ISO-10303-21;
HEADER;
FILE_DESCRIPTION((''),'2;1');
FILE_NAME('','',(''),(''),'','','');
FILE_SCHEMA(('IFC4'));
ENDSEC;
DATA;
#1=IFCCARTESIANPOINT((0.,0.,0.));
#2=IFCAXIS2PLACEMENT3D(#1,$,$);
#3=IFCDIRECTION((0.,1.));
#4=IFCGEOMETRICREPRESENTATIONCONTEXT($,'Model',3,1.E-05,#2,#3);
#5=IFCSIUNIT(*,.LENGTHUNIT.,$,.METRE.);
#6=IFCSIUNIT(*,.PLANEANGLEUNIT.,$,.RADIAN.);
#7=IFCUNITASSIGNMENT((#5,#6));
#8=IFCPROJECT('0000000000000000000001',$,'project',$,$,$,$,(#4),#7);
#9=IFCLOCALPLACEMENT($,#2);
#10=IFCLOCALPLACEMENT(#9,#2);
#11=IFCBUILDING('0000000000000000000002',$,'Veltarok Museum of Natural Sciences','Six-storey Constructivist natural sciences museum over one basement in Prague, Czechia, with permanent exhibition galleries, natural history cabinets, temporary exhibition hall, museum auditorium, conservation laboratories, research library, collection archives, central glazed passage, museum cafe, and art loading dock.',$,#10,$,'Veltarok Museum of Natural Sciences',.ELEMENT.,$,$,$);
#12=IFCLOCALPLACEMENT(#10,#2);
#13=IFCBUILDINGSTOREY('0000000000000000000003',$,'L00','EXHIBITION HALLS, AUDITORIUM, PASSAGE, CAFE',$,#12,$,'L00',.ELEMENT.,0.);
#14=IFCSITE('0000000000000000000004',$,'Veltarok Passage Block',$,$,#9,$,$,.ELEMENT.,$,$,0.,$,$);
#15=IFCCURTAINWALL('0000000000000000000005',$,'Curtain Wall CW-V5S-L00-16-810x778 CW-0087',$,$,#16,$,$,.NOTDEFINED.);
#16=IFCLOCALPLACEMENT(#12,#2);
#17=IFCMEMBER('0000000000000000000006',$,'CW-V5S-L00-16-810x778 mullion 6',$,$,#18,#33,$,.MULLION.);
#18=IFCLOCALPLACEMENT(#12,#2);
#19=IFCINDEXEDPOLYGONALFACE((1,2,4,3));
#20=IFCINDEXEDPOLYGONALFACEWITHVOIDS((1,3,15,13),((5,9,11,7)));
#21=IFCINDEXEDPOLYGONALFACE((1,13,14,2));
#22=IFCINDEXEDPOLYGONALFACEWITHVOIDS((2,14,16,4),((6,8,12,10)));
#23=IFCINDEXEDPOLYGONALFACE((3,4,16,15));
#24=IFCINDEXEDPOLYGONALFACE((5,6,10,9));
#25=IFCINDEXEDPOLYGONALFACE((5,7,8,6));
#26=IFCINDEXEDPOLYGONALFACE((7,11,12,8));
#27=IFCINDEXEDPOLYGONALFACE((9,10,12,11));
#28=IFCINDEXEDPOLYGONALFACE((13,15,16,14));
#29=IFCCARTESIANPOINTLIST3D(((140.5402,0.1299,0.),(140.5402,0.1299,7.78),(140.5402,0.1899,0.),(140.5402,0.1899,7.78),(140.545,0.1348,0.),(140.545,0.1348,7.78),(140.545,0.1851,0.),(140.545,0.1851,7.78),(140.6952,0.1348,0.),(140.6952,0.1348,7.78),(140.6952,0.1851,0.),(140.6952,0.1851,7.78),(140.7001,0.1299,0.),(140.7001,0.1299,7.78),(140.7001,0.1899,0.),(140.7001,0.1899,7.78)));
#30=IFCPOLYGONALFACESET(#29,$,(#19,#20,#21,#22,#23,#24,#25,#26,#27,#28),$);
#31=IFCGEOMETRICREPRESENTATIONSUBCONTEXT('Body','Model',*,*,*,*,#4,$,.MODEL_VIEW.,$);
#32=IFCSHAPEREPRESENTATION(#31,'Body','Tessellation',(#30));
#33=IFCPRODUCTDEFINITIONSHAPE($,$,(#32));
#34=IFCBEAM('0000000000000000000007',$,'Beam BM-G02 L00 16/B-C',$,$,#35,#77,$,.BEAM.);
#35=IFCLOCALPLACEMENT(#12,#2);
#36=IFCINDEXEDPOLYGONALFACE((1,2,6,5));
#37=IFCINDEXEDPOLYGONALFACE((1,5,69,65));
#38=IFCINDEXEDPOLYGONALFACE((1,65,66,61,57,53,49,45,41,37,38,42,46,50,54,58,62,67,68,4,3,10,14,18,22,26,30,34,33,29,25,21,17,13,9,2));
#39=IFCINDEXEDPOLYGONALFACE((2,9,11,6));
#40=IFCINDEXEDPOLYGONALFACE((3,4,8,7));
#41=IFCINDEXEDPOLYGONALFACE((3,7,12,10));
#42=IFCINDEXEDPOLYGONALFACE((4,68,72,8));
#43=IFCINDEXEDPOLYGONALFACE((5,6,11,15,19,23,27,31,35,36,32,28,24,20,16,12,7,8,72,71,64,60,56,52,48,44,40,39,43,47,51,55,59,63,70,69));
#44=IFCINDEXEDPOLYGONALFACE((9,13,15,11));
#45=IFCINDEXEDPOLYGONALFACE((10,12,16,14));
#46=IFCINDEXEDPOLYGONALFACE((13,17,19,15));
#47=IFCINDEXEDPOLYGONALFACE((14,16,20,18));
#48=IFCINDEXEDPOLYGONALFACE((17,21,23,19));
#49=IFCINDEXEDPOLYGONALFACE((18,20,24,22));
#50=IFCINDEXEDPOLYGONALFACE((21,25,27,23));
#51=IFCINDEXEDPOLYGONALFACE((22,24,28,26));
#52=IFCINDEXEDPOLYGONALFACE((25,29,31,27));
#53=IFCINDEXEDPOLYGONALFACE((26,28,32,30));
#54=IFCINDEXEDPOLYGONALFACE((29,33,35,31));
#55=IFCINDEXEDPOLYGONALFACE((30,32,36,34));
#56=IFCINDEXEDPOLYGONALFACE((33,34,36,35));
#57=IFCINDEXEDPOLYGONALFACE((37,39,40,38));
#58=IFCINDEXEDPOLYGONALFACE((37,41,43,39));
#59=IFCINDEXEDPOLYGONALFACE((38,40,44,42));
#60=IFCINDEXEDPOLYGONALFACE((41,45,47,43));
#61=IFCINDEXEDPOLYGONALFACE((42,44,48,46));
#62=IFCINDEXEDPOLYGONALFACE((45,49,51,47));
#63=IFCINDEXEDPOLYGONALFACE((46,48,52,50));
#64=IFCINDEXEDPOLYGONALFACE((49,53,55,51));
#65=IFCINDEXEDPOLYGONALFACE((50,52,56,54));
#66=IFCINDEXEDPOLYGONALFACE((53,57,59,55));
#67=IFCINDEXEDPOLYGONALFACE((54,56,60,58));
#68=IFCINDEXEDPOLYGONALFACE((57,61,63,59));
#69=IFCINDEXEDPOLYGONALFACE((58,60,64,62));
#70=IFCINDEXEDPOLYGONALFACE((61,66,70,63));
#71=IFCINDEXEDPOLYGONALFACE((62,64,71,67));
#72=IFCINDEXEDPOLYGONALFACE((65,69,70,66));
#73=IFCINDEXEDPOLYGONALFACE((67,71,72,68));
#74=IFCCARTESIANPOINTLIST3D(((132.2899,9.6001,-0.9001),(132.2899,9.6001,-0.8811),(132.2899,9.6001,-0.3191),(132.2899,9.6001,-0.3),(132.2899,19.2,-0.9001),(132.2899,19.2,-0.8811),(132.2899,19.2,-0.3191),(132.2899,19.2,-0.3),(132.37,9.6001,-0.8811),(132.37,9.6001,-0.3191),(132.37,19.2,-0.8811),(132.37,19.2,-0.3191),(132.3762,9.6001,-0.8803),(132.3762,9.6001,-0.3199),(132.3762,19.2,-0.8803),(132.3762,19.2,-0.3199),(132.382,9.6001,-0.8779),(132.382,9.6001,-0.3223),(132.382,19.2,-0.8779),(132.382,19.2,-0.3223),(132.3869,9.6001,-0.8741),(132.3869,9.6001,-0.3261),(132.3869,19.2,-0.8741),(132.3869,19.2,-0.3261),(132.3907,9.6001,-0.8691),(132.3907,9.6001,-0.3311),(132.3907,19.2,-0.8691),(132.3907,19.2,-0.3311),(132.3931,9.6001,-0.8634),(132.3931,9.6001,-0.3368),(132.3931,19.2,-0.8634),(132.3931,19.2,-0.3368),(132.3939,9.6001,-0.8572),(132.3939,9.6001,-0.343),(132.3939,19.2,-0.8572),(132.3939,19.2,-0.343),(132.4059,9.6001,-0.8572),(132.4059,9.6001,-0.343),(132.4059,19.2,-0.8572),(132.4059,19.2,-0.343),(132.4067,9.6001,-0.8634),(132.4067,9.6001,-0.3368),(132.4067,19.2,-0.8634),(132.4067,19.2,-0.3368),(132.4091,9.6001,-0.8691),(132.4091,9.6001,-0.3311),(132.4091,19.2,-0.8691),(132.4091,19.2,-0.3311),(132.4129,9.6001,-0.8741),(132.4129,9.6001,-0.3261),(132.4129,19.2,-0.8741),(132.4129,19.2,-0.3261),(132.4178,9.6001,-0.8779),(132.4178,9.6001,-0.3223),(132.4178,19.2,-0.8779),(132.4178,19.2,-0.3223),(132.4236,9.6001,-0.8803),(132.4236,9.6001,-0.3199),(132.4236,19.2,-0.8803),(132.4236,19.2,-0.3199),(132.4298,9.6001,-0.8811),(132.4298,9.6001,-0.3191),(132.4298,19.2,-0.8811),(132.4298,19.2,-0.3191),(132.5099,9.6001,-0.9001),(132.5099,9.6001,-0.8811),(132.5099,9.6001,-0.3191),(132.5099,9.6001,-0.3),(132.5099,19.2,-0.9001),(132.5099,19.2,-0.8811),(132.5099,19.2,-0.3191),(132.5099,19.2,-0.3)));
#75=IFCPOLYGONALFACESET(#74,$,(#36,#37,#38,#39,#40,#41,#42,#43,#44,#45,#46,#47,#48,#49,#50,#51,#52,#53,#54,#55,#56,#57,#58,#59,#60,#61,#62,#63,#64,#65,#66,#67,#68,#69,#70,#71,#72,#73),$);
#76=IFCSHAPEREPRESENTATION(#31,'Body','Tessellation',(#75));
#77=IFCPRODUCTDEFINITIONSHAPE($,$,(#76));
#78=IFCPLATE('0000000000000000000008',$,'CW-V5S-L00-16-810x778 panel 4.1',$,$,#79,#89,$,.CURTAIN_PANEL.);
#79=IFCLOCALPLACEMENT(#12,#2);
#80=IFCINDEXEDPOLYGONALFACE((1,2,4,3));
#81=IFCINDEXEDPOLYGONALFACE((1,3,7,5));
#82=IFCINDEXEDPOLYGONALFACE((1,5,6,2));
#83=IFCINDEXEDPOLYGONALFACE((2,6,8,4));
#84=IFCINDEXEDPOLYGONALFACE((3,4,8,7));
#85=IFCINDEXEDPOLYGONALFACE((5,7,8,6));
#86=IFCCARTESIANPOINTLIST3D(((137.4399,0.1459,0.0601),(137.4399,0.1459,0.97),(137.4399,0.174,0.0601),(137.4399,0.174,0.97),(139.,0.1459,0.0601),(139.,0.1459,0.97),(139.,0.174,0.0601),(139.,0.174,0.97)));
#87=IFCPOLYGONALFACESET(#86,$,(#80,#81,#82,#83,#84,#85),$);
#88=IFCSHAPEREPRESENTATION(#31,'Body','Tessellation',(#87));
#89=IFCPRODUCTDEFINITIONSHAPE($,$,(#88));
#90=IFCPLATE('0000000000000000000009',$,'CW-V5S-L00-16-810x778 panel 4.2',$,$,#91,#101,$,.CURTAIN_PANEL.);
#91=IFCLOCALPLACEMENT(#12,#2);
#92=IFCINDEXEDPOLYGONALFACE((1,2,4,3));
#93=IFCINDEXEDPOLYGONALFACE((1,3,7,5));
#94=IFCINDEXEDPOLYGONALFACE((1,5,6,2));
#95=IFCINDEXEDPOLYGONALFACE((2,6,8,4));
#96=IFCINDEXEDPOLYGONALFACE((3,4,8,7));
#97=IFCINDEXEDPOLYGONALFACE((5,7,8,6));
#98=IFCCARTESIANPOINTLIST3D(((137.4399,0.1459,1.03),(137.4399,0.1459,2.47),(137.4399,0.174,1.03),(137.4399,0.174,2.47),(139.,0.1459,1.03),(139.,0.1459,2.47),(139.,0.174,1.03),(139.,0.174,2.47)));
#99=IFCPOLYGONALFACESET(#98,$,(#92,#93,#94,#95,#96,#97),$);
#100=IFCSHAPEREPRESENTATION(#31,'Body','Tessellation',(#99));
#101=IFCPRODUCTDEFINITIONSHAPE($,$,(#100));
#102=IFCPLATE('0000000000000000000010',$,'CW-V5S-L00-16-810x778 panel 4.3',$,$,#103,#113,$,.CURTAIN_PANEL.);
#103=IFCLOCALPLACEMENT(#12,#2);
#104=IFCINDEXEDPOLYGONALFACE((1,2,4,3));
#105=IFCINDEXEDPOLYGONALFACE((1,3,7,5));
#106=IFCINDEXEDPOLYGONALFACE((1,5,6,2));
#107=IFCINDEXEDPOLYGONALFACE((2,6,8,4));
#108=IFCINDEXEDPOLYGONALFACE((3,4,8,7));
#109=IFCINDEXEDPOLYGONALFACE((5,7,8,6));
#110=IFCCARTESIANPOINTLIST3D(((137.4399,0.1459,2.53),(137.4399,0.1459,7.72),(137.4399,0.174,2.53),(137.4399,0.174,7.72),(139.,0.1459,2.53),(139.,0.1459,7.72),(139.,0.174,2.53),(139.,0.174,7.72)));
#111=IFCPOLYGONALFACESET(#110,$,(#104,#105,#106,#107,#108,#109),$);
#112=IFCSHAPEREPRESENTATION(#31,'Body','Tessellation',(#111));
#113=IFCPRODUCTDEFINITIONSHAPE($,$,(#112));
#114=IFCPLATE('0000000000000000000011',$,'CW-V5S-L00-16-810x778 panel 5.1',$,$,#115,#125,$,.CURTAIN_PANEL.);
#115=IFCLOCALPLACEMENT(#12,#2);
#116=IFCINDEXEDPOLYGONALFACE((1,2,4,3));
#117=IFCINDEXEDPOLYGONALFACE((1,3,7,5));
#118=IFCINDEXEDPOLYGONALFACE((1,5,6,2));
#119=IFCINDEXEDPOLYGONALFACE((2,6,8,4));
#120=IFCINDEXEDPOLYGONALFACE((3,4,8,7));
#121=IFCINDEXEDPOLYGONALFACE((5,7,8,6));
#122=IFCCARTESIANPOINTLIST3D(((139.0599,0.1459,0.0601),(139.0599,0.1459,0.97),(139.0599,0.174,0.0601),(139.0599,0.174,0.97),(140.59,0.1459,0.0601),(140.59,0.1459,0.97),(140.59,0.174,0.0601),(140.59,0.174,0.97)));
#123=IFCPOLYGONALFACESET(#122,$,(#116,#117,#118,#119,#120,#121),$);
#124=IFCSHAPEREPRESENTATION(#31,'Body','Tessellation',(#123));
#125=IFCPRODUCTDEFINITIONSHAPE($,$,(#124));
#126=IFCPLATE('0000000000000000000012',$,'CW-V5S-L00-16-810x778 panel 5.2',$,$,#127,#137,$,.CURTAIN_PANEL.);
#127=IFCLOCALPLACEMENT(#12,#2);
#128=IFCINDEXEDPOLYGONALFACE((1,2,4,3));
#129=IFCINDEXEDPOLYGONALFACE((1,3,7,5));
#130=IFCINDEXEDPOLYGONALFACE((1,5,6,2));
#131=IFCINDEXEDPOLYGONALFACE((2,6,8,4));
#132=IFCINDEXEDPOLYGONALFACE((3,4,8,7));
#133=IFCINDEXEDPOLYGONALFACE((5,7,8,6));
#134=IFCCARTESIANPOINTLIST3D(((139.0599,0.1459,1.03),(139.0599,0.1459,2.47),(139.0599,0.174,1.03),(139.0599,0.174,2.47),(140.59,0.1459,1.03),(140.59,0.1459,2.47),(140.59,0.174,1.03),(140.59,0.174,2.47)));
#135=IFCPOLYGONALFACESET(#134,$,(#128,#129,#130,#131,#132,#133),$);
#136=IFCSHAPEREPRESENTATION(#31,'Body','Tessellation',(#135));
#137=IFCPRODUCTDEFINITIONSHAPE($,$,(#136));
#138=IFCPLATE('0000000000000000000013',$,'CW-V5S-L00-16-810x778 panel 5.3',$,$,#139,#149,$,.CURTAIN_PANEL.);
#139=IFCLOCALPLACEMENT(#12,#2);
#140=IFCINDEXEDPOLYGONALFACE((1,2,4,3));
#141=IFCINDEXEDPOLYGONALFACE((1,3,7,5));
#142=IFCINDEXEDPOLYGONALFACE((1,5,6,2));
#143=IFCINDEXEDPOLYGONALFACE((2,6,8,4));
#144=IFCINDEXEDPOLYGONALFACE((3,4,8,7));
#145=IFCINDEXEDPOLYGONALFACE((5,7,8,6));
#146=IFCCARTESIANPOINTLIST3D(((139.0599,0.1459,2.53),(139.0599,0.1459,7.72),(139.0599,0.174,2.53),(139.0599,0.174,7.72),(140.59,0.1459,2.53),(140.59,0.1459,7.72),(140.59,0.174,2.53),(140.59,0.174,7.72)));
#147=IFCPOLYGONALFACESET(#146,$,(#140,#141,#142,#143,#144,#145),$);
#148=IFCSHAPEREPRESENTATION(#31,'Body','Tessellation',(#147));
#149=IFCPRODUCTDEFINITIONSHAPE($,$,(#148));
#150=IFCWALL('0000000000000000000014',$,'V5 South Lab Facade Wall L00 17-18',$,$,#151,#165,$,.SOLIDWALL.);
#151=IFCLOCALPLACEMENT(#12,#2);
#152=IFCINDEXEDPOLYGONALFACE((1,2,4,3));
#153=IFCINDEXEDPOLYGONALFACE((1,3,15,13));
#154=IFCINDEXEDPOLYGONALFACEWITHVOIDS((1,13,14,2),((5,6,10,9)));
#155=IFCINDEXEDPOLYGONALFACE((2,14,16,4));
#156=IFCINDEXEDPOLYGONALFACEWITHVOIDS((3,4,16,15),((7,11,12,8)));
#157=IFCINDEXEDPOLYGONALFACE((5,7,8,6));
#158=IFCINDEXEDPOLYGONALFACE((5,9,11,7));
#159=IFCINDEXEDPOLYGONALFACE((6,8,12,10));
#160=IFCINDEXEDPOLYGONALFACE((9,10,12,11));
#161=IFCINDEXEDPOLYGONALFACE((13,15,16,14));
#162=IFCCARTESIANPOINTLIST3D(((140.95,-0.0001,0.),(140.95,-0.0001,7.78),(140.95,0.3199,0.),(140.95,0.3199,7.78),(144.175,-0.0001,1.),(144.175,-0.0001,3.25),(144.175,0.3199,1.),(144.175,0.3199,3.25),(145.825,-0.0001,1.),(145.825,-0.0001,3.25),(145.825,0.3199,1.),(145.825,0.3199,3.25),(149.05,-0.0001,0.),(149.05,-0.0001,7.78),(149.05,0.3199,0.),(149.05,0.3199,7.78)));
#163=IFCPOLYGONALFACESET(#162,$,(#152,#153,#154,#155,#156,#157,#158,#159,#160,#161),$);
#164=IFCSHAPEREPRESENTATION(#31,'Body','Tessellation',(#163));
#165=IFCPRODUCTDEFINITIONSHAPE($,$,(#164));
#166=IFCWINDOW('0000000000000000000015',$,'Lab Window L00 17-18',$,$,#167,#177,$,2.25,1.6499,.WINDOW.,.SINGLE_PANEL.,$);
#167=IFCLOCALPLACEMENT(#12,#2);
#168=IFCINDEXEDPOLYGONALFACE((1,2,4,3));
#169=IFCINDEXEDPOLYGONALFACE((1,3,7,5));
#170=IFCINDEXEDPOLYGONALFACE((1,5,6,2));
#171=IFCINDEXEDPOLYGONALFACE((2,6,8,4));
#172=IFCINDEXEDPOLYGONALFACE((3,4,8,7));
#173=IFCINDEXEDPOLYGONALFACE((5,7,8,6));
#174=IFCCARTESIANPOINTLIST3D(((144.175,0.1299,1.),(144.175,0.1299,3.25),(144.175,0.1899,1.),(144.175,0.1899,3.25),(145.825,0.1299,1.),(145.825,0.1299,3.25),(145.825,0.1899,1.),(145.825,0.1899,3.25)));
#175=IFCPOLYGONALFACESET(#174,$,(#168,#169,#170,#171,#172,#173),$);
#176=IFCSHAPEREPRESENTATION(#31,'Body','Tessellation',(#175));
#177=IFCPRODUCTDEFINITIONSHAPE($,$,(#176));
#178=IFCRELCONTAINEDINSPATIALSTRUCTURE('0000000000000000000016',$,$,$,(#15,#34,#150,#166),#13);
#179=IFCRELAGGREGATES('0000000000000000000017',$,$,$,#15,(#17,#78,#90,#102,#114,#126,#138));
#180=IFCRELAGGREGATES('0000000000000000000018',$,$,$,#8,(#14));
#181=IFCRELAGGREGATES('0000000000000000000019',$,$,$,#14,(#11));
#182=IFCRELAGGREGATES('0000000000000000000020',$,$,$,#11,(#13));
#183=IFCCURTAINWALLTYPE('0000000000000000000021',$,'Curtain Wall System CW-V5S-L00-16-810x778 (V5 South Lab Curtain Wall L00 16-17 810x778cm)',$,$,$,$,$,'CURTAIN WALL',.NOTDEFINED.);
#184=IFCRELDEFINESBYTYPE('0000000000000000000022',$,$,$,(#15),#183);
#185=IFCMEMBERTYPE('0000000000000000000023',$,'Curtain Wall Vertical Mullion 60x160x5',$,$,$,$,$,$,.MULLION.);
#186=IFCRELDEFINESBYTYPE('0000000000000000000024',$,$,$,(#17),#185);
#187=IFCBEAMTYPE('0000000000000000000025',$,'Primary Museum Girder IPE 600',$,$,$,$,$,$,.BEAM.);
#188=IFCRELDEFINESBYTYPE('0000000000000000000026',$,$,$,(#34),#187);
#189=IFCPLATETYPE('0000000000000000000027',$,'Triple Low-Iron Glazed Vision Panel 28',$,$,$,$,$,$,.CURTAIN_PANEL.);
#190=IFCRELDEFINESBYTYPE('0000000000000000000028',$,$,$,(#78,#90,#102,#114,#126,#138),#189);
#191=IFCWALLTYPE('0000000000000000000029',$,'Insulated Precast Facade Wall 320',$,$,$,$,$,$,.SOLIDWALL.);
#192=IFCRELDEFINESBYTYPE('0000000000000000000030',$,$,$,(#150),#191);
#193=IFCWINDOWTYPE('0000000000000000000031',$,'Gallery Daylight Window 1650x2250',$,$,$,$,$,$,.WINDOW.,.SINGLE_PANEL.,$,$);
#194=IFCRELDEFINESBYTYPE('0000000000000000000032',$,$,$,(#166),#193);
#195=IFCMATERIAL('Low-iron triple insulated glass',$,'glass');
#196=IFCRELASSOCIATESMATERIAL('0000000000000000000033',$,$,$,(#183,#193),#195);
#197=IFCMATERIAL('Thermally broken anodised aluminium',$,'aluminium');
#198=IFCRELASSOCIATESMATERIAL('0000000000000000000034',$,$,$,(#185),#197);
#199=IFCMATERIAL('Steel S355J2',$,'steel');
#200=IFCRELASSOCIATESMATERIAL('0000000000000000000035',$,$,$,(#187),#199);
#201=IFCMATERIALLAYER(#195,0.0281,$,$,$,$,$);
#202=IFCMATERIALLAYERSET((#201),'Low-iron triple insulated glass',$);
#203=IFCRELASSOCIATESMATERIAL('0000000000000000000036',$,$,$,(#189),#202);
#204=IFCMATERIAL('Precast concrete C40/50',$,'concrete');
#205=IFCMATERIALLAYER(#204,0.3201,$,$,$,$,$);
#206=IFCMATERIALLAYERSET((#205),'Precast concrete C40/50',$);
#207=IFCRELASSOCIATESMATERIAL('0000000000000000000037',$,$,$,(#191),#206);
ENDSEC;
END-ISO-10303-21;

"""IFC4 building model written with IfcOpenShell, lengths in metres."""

from ifc_helpers import new_model, si_unit, direction, frame, frame_2d, origin, origin_2d, place, context, subcontext, project, spatial, rectangle, hollow_rectangle, i_section, extrude, material, layer, layer_set, material_profile, profile_set, type_object, element, fill, aggregate, save


model = new_model("IFC4")

# Units and contexts
model_context = context("Model", 3, precision=1e-05, world=origin(), true_north=direction((0.0, 1.0)))
body_context = subcontext(model_context, "Body", "Model", "MODEL_VIEW")
ifc_project = project(units=[si_unit("LENGTHUNIT", "METRE"), si_unit("PLANEANGLEUNIT", "RADIAN")], contexts=[model_context])

# Site, building, storey
site_placement = place(None, origin())
site = spatial("IfcSite", under=ifc_project, at=site_placement, Name="Veltarok Passage Block", CompositionType="ELEMENT", RefElevation=0.0)
building_placement = place(site_placement, origin())
building = spatial("IfcBuilding", under=site, at=building_placement, Name="Veltarok Museum of Natural Sciences", Description="Six-storey Constructivist natural sciences museum over one basement in Prague, Czechia, with permanent exhibition galleries, natural history cabinets, temporary exhibition hall, museum auditorium, conservation laboratories, research library, collection archives, central glazed passage, museum cafe, and art loading dock.", LongName="Veltarok Museum of Natural Sciences", CompositionType="ELEMENT")
storey_placement = place(building_placement, origin())
storey = spatial("IfcBuildingStorey", under=building, at=storey_placement, Name="L00", Description="EXHIBITION HALLS, AUDITORIUM, PASSAGE, CAFE", LongName="L00", CompositionType="ELEMENT", Elevation=0.0)

# Shared definitions
ifc_material_1 = material(Name="Steel S355J2", Category="steel")

# Curtain wall, member
ifc_material_2 = material(Name="Low-iron triple insulated glass", Category="glass")
curtain_wall_type = type_object("IfcCurtainWallType", Name="Curtain Wall System CW-V5S-L00-16-810x778 (V5 South Lab Curtain Wall L00 16-17 810x778cm)", ElementType="CURTAIN WALL", PredefinedType="NOTDEFINED", material=ifc_material_2)
curtain_wall_placement = place(storey_placement, origin())
curtain_wall = element("IfcCurtainWall", 1, at=curtain_wall_placement, inside=storey, type_object=curtain_wall_type, Name="Curtain Wall CW-V5S-L00-16-810x778 CW-0087", PredefinedType="NOTDEFINED")
ifc_material_3 = material(Name="Thermally broken anodised aluminium", Category="aluminium")
ifc_material_profile_1 = material_profile(ifc_material_3, hollow_rectangle(XDim=0.0601, YDim=0.1599, WallThickness=0.0049, at=origin_2d()), Name="CW MULLION 60x160x5")
ifc_profile_set_1 = profile_set([ifc_material_profile_1], Name="Thermally broken anodised aluminium")
member_type_1 = type_object("IfcMemberType", Name="Curtain Wall Vertical Mullion 60x160x5", PredefinedType="MULLION", material=ifc_profile_set_1)
member_1_placement = place(storey_placement, frame((140.6201, 0.1599, 0.0), z_axis=(0.0, 0.0, 1.0), x_axis=(0.0, 1.0, 0.0)))
member_1 = element("IfcMember", 2, at=member_1_placement, type_object=member_type_1, Name="CW-V5S-L00-16-810x778 mullion 6", PredefinedType="MULLION", context=body_context, shape_type="SweptSolid", body=[
    extrude(hollow_rectangle(XDim=0.0601, YDim=0.1599, WallThickness=0.0049, at=origin_2d()), origin(), (0.0, 0.0, 1.0), 7.78),
])

# Beam
ifc_material_profile_2 = material_profile(ifc_material_1, i_section(OverallWidth=0.22, OverallDepth=0.6001, WebThickness=0.012, FlangeThickness=0.019, FilletRadius=0.0239, at=origin_2d()), Name="IPE 600")
ifc_profile_set_2 = profile_set([ifc_material_profile_2], Name="Steel S355J2")
beam_type_1 = type_object("IfcBeamType", Name="Primary Museum Girder IPE 600", PredefinedType="BEAM", material=ifc_profile_set_2)
beam_1_placement = place(storey_placement, frame((132.3999, 9.6001, -0.6001), z_axis=(0.0, 1.0, 0.0), x_axis=(-1.0, 0.0, 0.0)))
element("IfcBeam", 3, at=beam_1_placement, inside=storey, type_object=beam_type_1, Name="Beam BM-G02 L00 16/B-C", PredefinedType="BEAM", context=body_context, shape_type="SweptSolid", body=[
    extrude(i_section(OverallWidth=0.22, OverallDepth=0.6001, WebThickness=0.012, FlangeThickness=0.019, FilletRadius=0.0239, at=origin_2d()), origin(), (0.0, 0.0, 1.0), 9.5999),
])

# Plates
ifc_layer_1 = layer(ifc_material_2, 0.0281)
ifc_layer_set_1 = layer_set([ifc_layer_1], Name="Low-iron triple insulated glass")
plate_type = type_object("IfcPlateType", Name="Triple Low-Iron Glazed Vision Panel 28", PredefinedType="CURTAIN_PANEL", material=ifc_layer_set_1)
plate_1_placement = place(storey_placement, frame((138.22, 0.1599, 0.0601), z_axis=(0.0, 0.0, 1.0), x_axis=(1.0, 0.0, 0.0)))
plate_1 = element("IfcPlate", 4, at=plate_1_placement, type_object=plate_type, Name="CW-V5S-L00-16-810x778 panel 4.1", PredefinedType="CURTAIN_PANEL", context=body_context, shape_type="SweptSolid", body=[
    extrude(rectangle(XDim=1.5601, YDim=0.0281, at=origin_2d()), origin(), (0.0, 0.0, 1.0), 0.9099),
])
plate_2_placement = place(storey_placement, frame((138.22, 0.1599, 1.03), z_axis=(0.0, 0.0, 1.0), x_axis=(1.0, 0.0, 0.0)))
plate_2 = element("IfcPlate", 5, at=plate_2_placement, type_object=plate_type, Name="CW-V5S-L00-16-810x778 panel 4.2", PredefinedType="CURTAIN_PANEL", context=body_context, shape_type="SweptSolid", body=[
    extrude(rectangle(XDim=1.5601, YDim=0.0281, at=origin_2d()), origin(), (0.0, 0.0, 1.0), 1.4399),
])
plate_3_placement = place(storey_placement, frame((138.22, 0.1599, 2.53), z_axis=(0.0, 0.0, 1.0), x_axis=(1.0, 0.0, 0.0)))
plate_3 = element("IfcPlate", 6, at=plate_3_placement, type_object=plate_type, Name="CW-V5S-L00-16-810x778 panel 4.3", PredefinedType="CURTAIN_PANEL", context=body_context, shape_type="SweptSolid", body=[
    extrude(rectangle(XDim=1.5601, YDim=0.0281, at=origin_2d()), origin(), (0.0, 0.0, 1.0), 5.1899),
])
plate_4_placement = place(storey_placement, frame((139.825, 0.1599, 0.0601), z_axis=(0.0, 0.0, 1.0), x_axis=(1.0, 0.0, 0.0)))
plate_4 = element("IfcPlate", 7, at=plate_4_placement, type_object=plate_type, Name="CW-V5S-L00-16-810x778 panel 5.1", PredefinedType="CURTAIN_PANEL", context=body_context, shape_type="SweptSolid", body=[
    extrude(rectangle(XDim=1.53, YDim=0.0281, at=origin_2d()), origin(), (0.0, 0.0, 1.0), 0.9099),
])
plate_5_placement = place(storey_placement, frame((139.825, 0.1599, 1.03), z_axis=(0.0, 0.0, 1.0), x_axis=(1.0, 0.0, 0.0)))
plate_5 = element("IfcPlate", 8, at=plate_5_placement, type_object=plate_type, Name="CW-V5S-L00-16-810x778 panel 5.2", PredefinedType="CURTAIN_PANEL", context=body_context, shape_type="SweptSolid", body=[
    extrude(rectangle(XDim=1.53, YDim=0.0281, at=origin_2d()), origin(), (0.0, 0.0, 1.0), 1.4399),
])
plate_6_placement = place(storey_placement, frame((139.825, 0.1599, 2.53), z_axis=(0.0, 0.0, 1.0), x_axis=(1.0, 0.0, 0.0)))
plate_6 = element("IfcPlate", 9, at=plate_6_placement, type_object=plate_type, Name="CW-V5S-L00-16-810x778 panel 5.3", PredefinedType="CURTAIN_PANEL", context=body_context, shape_type="SweptSolid", body=[
    extrude(rectangle(XDim=1.53, YDim=0.0281, at=origin_2d()), origin(), (0.0, 0.0, 1.0), 5.1899),
])
aggregate(curtain_wall, [member_1, plate_1, plate_2, plate_3, plate_4, plate_5, plate_6])

# Wall, opening, window
ifc_material_4 = material(Name="Precast concrete C40/50", Category="concrete")
ifc_layer_2 = layer(ifc_material_4, 0.3201)
ifc_layer_set_2 = layer_set([ifc_layer_2], Name="Precast concrete C40/50")
wall_type = type_object("IfcWallType", Name="Insulated Precast Facade Wall 320", PredefinedType="SOLIDWALL", material=ifc_layer_set_2)
wall_placement = place(storey_placement, frame((140.95, 0.1599, 0.0), z_axis=(0.0, 0.0, 1.0), x_axis=(1.0, 0.0, 0.0)))
wall = element("IfcWall", 10, at=wall_placement, inside=storey, type_object=wall_type, Name="V5 South Lab Facade Wall L00 17-18", PredefinedType="SOLIDWALL", context=body_context, shape_type="SweptSolid", body=[
    extrude(rectangle(XDim=8.1001, YDim=0.3201, at=frame_2d((4.05, 0.0))), origin(), (0.0, 0.0, 1.0), 7.78),
])
opening_placement = place(wall_placement, frame((3.2251, 0.0, 1.0)))
opening = element("IfcOpeningElement", 11, at=opening_placement, cuts=wall, PredefinedType="OPENING", context=body_context, shape_type="SweptSolid", body=[
    extrude(rectangle(XDim=1.6499, YDim=2.25, at=frame_2d((0.825, 1.125))), frame((0.0, 0.1699, 0.0), z_axis=(0.0, -1.0, 0.0), x_axis=(1.0, 0.0, 0.0)), (0.0, 0.0, 1.0), 0.3401),
])
window_type = type_object("IfcWindowType", Name="Gallery Daylight Window 1650x2250", PartitioningType="SINGLE_PANEL", PredefinedType="WINDOW", material=ifc_material_2)
window_placement = place(opening_placement, origin())
window = element("IfcWindow", 12, at=window_placement, inside=storey, type_object=window_type, Name="Lab Window L00 17-18", OverallHeight=2.25, OverallWidth=1.6499, PartitioningType="SINGLE_PANEL", PredefinedType="WINDOW", context=body_context, shape_type="SweptSolid", body=[
    extrude(rectangle(XDim=1.6499, YDim=2.25, at=frame_2d((0.825, 1.125))), frame((0.0, 0.03, 0.0), z_axis=(0.0, -1.0, 0.0), x_axis=(1.0, 0.0, 0.0)), (0.0, 0.0, 1.0), 0.0601),
])
fill(opening, window)

save(model, "model.ifc")
